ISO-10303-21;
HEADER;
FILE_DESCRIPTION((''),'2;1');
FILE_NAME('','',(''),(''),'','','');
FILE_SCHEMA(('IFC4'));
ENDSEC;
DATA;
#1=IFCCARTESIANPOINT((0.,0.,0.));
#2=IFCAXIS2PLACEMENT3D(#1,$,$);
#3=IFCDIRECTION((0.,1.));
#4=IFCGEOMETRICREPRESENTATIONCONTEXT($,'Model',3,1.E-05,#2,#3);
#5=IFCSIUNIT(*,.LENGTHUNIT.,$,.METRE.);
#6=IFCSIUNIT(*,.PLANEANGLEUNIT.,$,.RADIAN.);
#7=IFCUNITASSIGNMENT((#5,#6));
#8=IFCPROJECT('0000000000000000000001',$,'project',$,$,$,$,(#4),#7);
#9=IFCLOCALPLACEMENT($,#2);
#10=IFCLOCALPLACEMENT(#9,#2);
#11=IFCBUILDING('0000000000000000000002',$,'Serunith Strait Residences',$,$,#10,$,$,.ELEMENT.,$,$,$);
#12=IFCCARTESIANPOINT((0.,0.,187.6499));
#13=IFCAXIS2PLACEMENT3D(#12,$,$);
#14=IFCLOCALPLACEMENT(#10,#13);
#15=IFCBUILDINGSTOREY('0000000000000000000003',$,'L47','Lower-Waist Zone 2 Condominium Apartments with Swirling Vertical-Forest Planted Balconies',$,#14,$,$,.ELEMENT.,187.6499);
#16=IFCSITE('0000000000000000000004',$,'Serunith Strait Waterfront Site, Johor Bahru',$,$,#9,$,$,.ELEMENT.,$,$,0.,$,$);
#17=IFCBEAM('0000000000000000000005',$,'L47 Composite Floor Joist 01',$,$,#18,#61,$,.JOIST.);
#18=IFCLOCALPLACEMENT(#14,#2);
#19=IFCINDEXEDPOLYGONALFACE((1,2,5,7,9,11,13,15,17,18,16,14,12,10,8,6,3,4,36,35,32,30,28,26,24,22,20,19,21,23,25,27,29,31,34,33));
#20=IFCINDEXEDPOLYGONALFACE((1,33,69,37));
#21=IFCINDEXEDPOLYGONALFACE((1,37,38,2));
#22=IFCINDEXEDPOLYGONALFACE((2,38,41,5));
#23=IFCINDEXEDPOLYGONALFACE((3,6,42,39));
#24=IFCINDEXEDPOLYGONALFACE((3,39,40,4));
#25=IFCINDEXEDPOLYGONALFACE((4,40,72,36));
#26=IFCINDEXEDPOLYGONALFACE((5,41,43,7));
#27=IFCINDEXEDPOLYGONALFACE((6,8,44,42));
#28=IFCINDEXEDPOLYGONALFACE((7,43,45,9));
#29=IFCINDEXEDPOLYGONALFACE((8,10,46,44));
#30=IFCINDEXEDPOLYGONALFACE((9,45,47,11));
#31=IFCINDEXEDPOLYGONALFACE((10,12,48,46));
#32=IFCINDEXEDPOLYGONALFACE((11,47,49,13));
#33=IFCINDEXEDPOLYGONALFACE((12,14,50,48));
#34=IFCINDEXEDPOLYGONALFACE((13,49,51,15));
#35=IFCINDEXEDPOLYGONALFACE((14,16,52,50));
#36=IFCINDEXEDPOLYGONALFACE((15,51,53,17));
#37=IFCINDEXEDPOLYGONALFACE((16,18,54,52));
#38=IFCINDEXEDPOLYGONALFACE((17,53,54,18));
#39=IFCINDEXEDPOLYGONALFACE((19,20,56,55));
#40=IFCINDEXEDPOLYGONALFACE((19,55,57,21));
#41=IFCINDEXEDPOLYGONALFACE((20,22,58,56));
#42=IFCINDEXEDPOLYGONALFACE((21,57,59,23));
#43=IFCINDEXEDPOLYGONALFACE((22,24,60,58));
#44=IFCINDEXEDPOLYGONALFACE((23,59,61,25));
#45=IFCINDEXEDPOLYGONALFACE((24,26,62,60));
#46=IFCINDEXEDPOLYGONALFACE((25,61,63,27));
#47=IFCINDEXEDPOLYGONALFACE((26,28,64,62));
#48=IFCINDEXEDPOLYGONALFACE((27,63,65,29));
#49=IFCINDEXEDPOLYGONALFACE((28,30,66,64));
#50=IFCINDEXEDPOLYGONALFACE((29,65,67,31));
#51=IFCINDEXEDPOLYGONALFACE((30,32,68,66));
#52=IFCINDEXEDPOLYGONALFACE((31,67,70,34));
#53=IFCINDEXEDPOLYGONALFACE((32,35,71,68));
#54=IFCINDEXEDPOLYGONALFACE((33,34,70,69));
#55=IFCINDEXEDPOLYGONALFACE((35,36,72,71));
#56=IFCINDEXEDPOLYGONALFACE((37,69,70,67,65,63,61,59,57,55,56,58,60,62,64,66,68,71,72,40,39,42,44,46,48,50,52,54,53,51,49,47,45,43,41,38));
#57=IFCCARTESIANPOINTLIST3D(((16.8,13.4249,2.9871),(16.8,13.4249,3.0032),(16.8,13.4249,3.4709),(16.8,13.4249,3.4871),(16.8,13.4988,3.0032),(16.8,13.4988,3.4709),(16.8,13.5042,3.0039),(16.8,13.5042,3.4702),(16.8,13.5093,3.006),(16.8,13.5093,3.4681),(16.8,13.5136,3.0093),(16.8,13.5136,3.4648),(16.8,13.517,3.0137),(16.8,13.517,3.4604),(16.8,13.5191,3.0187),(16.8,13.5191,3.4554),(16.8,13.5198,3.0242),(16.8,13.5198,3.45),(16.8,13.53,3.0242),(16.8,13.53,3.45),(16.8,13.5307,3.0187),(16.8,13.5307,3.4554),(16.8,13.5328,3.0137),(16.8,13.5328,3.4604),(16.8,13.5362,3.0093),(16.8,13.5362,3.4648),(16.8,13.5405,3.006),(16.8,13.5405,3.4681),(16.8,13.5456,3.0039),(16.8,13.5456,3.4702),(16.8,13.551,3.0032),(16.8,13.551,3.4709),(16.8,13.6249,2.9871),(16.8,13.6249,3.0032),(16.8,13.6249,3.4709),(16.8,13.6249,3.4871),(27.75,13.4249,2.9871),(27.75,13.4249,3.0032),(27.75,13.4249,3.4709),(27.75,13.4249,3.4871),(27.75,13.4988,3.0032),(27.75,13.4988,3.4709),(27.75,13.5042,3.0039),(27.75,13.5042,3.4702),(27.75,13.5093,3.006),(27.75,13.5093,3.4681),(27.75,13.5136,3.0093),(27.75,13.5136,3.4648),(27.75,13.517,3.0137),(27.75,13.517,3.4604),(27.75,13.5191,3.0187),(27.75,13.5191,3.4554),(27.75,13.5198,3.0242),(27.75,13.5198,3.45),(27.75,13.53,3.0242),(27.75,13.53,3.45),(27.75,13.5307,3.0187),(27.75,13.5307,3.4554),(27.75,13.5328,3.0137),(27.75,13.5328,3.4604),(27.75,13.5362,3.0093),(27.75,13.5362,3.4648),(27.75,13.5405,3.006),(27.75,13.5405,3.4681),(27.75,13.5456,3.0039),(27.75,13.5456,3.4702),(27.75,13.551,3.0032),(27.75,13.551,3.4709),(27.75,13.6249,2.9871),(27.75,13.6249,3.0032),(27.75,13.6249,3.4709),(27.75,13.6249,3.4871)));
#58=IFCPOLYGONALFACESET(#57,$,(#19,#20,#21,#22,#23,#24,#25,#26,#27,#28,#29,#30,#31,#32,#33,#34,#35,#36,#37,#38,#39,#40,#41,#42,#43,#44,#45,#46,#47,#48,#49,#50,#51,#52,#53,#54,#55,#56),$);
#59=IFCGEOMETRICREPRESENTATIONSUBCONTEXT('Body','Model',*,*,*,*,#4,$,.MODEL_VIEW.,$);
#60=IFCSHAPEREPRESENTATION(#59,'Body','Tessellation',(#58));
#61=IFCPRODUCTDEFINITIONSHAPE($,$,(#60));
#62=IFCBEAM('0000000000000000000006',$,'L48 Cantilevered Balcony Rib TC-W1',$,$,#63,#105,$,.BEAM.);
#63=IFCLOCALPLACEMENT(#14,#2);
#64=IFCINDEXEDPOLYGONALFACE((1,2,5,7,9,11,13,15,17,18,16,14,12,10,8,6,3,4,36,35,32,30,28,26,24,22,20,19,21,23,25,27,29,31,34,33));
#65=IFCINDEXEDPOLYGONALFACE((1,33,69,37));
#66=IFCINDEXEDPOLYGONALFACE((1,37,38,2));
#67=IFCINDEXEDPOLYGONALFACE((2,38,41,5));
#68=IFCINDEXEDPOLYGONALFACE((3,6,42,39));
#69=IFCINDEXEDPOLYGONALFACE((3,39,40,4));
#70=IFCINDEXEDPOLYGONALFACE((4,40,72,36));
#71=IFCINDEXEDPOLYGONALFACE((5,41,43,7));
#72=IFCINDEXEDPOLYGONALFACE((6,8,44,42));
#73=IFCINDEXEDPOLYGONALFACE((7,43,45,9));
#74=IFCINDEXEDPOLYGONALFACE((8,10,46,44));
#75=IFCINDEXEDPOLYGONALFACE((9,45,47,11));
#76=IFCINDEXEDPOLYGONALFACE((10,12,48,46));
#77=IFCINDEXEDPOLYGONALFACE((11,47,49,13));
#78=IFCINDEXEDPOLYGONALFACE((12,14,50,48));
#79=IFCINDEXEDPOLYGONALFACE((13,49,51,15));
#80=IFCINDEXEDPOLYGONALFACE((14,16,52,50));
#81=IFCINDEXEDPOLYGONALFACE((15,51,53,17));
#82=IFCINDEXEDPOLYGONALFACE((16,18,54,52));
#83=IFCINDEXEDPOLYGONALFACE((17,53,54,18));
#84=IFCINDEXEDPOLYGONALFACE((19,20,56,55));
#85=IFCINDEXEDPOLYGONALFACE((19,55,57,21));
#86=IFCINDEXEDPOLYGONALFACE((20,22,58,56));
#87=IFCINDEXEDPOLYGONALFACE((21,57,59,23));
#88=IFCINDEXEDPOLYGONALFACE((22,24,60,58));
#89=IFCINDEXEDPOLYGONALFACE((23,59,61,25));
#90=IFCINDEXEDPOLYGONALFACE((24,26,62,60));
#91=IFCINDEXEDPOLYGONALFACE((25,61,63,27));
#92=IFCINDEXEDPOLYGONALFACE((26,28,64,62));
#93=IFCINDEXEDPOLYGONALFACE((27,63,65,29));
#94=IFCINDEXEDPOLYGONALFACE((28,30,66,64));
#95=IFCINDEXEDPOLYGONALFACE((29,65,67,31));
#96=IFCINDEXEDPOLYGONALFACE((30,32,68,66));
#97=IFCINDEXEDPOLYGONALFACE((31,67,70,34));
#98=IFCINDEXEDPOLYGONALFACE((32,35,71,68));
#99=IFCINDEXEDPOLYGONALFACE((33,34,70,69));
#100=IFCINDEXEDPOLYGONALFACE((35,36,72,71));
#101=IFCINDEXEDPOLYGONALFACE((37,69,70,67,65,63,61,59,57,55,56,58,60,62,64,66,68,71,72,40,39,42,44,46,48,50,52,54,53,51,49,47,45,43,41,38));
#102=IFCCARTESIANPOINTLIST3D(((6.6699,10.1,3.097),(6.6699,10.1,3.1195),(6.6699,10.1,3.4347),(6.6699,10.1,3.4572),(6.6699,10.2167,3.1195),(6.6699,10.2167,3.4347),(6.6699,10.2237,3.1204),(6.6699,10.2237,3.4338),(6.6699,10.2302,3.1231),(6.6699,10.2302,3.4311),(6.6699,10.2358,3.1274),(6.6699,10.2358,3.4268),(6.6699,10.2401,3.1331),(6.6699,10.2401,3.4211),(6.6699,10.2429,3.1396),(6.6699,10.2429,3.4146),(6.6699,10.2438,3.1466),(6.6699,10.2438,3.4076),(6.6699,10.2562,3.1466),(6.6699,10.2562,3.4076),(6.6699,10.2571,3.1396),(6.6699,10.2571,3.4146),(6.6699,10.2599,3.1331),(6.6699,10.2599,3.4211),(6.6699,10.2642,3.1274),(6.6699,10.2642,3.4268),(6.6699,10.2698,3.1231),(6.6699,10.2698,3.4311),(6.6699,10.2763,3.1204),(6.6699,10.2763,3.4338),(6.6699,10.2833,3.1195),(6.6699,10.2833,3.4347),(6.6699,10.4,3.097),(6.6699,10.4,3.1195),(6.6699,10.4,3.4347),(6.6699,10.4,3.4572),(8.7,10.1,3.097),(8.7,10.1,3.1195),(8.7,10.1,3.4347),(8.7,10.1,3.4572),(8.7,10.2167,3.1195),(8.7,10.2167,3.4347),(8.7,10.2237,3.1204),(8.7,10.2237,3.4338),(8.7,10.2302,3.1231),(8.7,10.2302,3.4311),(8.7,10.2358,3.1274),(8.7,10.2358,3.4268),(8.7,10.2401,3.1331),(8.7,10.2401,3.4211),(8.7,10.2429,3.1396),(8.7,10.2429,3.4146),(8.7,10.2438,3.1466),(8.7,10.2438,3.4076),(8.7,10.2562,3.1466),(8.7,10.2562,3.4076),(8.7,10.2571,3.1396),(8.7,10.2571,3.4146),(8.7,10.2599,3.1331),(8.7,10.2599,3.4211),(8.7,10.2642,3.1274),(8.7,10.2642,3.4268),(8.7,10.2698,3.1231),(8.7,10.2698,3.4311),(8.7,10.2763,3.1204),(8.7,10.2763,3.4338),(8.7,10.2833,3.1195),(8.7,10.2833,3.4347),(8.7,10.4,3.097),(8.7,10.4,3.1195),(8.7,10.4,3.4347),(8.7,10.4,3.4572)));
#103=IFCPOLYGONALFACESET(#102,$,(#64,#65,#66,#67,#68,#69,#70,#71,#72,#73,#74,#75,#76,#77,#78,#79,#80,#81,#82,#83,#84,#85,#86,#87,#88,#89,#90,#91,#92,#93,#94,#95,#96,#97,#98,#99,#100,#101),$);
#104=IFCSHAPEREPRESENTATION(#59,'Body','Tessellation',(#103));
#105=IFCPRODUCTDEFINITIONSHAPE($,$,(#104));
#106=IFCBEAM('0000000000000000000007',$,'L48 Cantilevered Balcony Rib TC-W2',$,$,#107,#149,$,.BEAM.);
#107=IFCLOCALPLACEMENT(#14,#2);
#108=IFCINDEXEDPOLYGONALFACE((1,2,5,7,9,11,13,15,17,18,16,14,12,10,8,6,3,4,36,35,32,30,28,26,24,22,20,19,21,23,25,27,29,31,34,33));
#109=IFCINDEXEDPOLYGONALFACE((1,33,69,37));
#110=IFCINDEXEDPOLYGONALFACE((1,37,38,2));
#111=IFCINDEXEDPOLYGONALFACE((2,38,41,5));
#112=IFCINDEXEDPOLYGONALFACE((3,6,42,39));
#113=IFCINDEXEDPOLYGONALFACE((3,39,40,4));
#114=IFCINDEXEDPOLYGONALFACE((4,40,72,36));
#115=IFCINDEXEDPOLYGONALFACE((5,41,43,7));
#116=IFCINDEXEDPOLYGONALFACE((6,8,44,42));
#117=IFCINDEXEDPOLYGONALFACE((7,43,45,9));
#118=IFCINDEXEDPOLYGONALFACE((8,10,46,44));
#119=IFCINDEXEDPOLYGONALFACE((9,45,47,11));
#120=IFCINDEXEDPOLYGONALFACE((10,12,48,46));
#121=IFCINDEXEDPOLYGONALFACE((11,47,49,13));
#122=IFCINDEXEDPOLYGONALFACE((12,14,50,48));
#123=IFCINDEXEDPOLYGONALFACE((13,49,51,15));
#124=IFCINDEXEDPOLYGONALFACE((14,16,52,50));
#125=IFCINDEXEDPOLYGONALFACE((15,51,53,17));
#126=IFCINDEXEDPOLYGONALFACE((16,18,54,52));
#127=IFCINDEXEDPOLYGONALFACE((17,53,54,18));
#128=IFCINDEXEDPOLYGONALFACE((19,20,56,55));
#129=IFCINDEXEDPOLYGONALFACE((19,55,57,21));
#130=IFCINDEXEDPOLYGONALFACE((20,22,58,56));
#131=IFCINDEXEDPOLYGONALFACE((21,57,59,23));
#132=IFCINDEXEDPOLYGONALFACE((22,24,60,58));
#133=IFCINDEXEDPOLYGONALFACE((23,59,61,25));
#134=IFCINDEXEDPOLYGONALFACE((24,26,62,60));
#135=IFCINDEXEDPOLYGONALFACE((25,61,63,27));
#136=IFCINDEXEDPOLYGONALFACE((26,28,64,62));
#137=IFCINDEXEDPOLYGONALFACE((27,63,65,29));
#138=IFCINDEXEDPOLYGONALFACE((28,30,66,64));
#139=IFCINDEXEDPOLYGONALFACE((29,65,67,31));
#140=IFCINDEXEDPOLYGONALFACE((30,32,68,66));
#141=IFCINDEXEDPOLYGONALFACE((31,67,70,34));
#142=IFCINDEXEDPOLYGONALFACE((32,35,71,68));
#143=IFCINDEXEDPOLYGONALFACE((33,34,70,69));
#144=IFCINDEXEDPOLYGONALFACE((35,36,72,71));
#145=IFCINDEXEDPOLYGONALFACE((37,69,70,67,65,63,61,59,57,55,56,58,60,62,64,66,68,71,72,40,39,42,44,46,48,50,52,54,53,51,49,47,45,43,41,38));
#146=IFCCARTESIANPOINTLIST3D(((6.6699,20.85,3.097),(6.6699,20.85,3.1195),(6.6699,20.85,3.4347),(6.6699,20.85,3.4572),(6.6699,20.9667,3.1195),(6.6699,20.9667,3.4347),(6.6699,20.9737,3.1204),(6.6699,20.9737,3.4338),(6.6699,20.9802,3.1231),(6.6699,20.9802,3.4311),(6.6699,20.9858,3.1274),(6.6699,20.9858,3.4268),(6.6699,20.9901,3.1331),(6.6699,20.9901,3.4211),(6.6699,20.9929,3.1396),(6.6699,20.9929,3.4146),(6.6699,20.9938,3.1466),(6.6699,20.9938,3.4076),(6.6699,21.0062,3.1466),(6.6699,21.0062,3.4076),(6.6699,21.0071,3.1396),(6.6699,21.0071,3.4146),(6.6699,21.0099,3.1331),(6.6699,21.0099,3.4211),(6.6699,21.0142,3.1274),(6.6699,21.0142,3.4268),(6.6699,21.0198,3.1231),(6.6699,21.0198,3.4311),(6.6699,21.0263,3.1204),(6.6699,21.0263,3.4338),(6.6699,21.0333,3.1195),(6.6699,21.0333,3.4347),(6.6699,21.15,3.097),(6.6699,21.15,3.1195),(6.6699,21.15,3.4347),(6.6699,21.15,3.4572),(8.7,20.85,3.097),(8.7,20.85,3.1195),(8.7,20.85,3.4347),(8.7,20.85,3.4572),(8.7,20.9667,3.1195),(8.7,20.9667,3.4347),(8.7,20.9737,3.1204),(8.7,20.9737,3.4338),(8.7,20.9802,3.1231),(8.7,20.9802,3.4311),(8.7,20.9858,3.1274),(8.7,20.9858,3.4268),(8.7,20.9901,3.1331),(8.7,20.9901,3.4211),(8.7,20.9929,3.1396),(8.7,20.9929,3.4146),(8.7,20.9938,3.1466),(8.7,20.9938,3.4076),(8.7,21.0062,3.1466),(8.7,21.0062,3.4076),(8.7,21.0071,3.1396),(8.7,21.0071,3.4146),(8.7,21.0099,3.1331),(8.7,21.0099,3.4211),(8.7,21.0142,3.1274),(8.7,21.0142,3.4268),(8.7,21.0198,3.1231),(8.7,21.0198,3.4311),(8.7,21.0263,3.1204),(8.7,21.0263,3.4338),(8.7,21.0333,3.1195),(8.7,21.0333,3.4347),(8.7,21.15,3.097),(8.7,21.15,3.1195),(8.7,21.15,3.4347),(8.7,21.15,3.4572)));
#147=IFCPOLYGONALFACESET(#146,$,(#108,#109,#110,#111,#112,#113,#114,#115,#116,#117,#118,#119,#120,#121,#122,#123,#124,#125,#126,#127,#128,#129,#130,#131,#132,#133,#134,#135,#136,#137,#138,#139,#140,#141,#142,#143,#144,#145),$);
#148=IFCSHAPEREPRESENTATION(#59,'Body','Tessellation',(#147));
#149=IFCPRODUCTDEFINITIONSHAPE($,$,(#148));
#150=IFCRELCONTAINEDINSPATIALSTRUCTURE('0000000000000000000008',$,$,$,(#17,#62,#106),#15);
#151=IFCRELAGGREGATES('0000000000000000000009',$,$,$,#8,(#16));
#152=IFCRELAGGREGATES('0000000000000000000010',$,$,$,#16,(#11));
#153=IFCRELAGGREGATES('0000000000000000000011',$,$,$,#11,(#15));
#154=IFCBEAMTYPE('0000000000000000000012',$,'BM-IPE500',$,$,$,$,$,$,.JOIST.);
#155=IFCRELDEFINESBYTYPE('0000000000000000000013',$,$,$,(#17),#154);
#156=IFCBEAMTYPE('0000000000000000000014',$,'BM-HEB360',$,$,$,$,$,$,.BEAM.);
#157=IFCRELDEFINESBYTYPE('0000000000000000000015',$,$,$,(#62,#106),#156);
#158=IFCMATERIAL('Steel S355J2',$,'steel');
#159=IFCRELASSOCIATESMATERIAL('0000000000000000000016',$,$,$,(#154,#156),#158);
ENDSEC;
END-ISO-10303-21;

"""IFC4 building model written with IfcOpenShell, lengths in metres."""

from ifc_helpers import new_model, si_unit, direction, frame, origin, origin_2d, place, context, subcontext, project, spatial, i_section, extrude, source, transform, mapped, material, material_profile, profile_set, type_object, element, save


model = new_model("IFC4")

# Units and contexts
model_context = context("Model", 3, precision=1e-05, world=origin(), true_north=direction((0.0, 1.0)))
body_context = subcontext(model_context, "Body", "Model", "MODEL_VIEW")
ifc_project = project(units=[si_unit("LENGTHUNIT", "METRE"), si_unit("PLANEANGLEUNIT", "RADIAN")], contexts=[model_context])

# Site, building, storey
site_placement = place(None, origin())
site = spatial("IfcSite", under=ifc_project, at=site_placement, Name="Serunith Strait Waterfront Site, Johor Bahru", CompositionType="ELEMENT", RefElevation=0.0)
building_placement = place(site_placement, origin())
building = spatial("IfcBuilding", under=site, at=building_placement, Name="Serunith Strait Residences", CompositionType="ELEMENT")
storey_placement = place(building_placement, frame((0.0, 0.0, 187.6499)))
storey = spatial("IfcBuildingStorey", under=building, at=storey_placement, Name="L47", Description="Lower-Waist Zone 2 Condominium Apartments with Swirling Vertical-Forest Planted Balconies", CompositionType="ELEMENT", Elevation=187.6499)

# Beams
ifc_material_1 = material(Name="Steel S355J2", Category="steel")
ifc_material_profile_1 = material_profile(ifc_material_1, i_section(OverallWidth=0.2, OverallDepth=0.5, WebThickness=0.0103, FlangeThickness=0.0161, FilletRadius=0.021, at=origin_2d()), Name="IPE 500")
ifc_profile_set_1 = profile_set([ifc_material_profile_1], Name="Steel S355J2")
beam_type_1 = type_object("IfcBeamType", Name="BM-IPE500", PredefinedType="JOIST", material=ifc_profile_set_1)
shared_shape_1 = source(origin(), body_context, "Body", "SweptSolid", [
    extrude(i_section(OverallWidth=0.2, OverallDepth=0.5, WebThickness=0.0103, FlangeThickness=0.0161, FilletRadius=0.021, at=origin_2d()), origin(), (0.0, 0.0, 1.0), 10.95),
])
beam_1_placement = place(storey_placement, frame((16.8, 13.5249, 3.2371), z_axis=(1.0, 0.0, 0.0), x_axis=(0.0, 1.0, 0.0)))
element("IfcBeam", 1, at=beam_1_placement, inside=storey, type_object=beam_type_1, Name="L47 Composite Floor Joist 01", PredefinedType="JOIST", context=body_context, shape_type="MappedRepresentation", body=[
    mapped(shared_shape_1, transform((0.0, 0.0, 0.0), scale=1.0)),
])
ifc_material_profile_2 = material_profile(ifc_material_1, i_section(OverallWidth=0.3, OverallDepth=0.3601, WebThickness=0.0125, FlangeThickness=0.0225, FilletRadius=0.0271, at=origin_2d()), Name="HEB 360")
ifc_profile_set_2 = profile_set([ifc_material_profile_2], Name="Steel S355J2")
beam_type_2 = type_object("IfcBeamType", Name="BM-HEB360", PredefinedType="BEAM", material=ifc_profile_set_2)
shared_shape_2 = source(origin(), body_context, "Body", "SweptSolid", [
    extrude(i_section(OverallWidth=0.3, OverallDepth=0.3601, WebThickness=0.0125, FlangeThickness=0.0225, FilletRadius=0.0271, at=origin_2d()), origin(), (0.0, 0.0, 1.0), 2.03),
])
for number, where, z_axis, x_axis, name in (
    (2, (8.7, 10.25, 3.2771), (-1.0, 0.0, 0.0), (0.0, -1.0, 0.0), "L48 Cantilevered Balcony Rib TC-W1"),
    (3, (8.7, 21.0, 3.2771), (-1.0, 0.0, 0.0), (0.0, -1.0, 0.0), "L48 Cantilevered Balcony Rib TC-W2"),
):
    element("IfcBeam", number, at=place(storey_placement, frame(where, z_axis=z_axis, x_axis=x_axis)), inside=storey, type_object=beam_type_2, Name=name, PredefinedType="BEAM", context=body_context, shape_type="MappedRepresentation", body=[
        mapped(shared_shape_2, transform((0.0, 0.0, 0.0), scale=1.0)),
    ])

save(model, "model.ifc")
